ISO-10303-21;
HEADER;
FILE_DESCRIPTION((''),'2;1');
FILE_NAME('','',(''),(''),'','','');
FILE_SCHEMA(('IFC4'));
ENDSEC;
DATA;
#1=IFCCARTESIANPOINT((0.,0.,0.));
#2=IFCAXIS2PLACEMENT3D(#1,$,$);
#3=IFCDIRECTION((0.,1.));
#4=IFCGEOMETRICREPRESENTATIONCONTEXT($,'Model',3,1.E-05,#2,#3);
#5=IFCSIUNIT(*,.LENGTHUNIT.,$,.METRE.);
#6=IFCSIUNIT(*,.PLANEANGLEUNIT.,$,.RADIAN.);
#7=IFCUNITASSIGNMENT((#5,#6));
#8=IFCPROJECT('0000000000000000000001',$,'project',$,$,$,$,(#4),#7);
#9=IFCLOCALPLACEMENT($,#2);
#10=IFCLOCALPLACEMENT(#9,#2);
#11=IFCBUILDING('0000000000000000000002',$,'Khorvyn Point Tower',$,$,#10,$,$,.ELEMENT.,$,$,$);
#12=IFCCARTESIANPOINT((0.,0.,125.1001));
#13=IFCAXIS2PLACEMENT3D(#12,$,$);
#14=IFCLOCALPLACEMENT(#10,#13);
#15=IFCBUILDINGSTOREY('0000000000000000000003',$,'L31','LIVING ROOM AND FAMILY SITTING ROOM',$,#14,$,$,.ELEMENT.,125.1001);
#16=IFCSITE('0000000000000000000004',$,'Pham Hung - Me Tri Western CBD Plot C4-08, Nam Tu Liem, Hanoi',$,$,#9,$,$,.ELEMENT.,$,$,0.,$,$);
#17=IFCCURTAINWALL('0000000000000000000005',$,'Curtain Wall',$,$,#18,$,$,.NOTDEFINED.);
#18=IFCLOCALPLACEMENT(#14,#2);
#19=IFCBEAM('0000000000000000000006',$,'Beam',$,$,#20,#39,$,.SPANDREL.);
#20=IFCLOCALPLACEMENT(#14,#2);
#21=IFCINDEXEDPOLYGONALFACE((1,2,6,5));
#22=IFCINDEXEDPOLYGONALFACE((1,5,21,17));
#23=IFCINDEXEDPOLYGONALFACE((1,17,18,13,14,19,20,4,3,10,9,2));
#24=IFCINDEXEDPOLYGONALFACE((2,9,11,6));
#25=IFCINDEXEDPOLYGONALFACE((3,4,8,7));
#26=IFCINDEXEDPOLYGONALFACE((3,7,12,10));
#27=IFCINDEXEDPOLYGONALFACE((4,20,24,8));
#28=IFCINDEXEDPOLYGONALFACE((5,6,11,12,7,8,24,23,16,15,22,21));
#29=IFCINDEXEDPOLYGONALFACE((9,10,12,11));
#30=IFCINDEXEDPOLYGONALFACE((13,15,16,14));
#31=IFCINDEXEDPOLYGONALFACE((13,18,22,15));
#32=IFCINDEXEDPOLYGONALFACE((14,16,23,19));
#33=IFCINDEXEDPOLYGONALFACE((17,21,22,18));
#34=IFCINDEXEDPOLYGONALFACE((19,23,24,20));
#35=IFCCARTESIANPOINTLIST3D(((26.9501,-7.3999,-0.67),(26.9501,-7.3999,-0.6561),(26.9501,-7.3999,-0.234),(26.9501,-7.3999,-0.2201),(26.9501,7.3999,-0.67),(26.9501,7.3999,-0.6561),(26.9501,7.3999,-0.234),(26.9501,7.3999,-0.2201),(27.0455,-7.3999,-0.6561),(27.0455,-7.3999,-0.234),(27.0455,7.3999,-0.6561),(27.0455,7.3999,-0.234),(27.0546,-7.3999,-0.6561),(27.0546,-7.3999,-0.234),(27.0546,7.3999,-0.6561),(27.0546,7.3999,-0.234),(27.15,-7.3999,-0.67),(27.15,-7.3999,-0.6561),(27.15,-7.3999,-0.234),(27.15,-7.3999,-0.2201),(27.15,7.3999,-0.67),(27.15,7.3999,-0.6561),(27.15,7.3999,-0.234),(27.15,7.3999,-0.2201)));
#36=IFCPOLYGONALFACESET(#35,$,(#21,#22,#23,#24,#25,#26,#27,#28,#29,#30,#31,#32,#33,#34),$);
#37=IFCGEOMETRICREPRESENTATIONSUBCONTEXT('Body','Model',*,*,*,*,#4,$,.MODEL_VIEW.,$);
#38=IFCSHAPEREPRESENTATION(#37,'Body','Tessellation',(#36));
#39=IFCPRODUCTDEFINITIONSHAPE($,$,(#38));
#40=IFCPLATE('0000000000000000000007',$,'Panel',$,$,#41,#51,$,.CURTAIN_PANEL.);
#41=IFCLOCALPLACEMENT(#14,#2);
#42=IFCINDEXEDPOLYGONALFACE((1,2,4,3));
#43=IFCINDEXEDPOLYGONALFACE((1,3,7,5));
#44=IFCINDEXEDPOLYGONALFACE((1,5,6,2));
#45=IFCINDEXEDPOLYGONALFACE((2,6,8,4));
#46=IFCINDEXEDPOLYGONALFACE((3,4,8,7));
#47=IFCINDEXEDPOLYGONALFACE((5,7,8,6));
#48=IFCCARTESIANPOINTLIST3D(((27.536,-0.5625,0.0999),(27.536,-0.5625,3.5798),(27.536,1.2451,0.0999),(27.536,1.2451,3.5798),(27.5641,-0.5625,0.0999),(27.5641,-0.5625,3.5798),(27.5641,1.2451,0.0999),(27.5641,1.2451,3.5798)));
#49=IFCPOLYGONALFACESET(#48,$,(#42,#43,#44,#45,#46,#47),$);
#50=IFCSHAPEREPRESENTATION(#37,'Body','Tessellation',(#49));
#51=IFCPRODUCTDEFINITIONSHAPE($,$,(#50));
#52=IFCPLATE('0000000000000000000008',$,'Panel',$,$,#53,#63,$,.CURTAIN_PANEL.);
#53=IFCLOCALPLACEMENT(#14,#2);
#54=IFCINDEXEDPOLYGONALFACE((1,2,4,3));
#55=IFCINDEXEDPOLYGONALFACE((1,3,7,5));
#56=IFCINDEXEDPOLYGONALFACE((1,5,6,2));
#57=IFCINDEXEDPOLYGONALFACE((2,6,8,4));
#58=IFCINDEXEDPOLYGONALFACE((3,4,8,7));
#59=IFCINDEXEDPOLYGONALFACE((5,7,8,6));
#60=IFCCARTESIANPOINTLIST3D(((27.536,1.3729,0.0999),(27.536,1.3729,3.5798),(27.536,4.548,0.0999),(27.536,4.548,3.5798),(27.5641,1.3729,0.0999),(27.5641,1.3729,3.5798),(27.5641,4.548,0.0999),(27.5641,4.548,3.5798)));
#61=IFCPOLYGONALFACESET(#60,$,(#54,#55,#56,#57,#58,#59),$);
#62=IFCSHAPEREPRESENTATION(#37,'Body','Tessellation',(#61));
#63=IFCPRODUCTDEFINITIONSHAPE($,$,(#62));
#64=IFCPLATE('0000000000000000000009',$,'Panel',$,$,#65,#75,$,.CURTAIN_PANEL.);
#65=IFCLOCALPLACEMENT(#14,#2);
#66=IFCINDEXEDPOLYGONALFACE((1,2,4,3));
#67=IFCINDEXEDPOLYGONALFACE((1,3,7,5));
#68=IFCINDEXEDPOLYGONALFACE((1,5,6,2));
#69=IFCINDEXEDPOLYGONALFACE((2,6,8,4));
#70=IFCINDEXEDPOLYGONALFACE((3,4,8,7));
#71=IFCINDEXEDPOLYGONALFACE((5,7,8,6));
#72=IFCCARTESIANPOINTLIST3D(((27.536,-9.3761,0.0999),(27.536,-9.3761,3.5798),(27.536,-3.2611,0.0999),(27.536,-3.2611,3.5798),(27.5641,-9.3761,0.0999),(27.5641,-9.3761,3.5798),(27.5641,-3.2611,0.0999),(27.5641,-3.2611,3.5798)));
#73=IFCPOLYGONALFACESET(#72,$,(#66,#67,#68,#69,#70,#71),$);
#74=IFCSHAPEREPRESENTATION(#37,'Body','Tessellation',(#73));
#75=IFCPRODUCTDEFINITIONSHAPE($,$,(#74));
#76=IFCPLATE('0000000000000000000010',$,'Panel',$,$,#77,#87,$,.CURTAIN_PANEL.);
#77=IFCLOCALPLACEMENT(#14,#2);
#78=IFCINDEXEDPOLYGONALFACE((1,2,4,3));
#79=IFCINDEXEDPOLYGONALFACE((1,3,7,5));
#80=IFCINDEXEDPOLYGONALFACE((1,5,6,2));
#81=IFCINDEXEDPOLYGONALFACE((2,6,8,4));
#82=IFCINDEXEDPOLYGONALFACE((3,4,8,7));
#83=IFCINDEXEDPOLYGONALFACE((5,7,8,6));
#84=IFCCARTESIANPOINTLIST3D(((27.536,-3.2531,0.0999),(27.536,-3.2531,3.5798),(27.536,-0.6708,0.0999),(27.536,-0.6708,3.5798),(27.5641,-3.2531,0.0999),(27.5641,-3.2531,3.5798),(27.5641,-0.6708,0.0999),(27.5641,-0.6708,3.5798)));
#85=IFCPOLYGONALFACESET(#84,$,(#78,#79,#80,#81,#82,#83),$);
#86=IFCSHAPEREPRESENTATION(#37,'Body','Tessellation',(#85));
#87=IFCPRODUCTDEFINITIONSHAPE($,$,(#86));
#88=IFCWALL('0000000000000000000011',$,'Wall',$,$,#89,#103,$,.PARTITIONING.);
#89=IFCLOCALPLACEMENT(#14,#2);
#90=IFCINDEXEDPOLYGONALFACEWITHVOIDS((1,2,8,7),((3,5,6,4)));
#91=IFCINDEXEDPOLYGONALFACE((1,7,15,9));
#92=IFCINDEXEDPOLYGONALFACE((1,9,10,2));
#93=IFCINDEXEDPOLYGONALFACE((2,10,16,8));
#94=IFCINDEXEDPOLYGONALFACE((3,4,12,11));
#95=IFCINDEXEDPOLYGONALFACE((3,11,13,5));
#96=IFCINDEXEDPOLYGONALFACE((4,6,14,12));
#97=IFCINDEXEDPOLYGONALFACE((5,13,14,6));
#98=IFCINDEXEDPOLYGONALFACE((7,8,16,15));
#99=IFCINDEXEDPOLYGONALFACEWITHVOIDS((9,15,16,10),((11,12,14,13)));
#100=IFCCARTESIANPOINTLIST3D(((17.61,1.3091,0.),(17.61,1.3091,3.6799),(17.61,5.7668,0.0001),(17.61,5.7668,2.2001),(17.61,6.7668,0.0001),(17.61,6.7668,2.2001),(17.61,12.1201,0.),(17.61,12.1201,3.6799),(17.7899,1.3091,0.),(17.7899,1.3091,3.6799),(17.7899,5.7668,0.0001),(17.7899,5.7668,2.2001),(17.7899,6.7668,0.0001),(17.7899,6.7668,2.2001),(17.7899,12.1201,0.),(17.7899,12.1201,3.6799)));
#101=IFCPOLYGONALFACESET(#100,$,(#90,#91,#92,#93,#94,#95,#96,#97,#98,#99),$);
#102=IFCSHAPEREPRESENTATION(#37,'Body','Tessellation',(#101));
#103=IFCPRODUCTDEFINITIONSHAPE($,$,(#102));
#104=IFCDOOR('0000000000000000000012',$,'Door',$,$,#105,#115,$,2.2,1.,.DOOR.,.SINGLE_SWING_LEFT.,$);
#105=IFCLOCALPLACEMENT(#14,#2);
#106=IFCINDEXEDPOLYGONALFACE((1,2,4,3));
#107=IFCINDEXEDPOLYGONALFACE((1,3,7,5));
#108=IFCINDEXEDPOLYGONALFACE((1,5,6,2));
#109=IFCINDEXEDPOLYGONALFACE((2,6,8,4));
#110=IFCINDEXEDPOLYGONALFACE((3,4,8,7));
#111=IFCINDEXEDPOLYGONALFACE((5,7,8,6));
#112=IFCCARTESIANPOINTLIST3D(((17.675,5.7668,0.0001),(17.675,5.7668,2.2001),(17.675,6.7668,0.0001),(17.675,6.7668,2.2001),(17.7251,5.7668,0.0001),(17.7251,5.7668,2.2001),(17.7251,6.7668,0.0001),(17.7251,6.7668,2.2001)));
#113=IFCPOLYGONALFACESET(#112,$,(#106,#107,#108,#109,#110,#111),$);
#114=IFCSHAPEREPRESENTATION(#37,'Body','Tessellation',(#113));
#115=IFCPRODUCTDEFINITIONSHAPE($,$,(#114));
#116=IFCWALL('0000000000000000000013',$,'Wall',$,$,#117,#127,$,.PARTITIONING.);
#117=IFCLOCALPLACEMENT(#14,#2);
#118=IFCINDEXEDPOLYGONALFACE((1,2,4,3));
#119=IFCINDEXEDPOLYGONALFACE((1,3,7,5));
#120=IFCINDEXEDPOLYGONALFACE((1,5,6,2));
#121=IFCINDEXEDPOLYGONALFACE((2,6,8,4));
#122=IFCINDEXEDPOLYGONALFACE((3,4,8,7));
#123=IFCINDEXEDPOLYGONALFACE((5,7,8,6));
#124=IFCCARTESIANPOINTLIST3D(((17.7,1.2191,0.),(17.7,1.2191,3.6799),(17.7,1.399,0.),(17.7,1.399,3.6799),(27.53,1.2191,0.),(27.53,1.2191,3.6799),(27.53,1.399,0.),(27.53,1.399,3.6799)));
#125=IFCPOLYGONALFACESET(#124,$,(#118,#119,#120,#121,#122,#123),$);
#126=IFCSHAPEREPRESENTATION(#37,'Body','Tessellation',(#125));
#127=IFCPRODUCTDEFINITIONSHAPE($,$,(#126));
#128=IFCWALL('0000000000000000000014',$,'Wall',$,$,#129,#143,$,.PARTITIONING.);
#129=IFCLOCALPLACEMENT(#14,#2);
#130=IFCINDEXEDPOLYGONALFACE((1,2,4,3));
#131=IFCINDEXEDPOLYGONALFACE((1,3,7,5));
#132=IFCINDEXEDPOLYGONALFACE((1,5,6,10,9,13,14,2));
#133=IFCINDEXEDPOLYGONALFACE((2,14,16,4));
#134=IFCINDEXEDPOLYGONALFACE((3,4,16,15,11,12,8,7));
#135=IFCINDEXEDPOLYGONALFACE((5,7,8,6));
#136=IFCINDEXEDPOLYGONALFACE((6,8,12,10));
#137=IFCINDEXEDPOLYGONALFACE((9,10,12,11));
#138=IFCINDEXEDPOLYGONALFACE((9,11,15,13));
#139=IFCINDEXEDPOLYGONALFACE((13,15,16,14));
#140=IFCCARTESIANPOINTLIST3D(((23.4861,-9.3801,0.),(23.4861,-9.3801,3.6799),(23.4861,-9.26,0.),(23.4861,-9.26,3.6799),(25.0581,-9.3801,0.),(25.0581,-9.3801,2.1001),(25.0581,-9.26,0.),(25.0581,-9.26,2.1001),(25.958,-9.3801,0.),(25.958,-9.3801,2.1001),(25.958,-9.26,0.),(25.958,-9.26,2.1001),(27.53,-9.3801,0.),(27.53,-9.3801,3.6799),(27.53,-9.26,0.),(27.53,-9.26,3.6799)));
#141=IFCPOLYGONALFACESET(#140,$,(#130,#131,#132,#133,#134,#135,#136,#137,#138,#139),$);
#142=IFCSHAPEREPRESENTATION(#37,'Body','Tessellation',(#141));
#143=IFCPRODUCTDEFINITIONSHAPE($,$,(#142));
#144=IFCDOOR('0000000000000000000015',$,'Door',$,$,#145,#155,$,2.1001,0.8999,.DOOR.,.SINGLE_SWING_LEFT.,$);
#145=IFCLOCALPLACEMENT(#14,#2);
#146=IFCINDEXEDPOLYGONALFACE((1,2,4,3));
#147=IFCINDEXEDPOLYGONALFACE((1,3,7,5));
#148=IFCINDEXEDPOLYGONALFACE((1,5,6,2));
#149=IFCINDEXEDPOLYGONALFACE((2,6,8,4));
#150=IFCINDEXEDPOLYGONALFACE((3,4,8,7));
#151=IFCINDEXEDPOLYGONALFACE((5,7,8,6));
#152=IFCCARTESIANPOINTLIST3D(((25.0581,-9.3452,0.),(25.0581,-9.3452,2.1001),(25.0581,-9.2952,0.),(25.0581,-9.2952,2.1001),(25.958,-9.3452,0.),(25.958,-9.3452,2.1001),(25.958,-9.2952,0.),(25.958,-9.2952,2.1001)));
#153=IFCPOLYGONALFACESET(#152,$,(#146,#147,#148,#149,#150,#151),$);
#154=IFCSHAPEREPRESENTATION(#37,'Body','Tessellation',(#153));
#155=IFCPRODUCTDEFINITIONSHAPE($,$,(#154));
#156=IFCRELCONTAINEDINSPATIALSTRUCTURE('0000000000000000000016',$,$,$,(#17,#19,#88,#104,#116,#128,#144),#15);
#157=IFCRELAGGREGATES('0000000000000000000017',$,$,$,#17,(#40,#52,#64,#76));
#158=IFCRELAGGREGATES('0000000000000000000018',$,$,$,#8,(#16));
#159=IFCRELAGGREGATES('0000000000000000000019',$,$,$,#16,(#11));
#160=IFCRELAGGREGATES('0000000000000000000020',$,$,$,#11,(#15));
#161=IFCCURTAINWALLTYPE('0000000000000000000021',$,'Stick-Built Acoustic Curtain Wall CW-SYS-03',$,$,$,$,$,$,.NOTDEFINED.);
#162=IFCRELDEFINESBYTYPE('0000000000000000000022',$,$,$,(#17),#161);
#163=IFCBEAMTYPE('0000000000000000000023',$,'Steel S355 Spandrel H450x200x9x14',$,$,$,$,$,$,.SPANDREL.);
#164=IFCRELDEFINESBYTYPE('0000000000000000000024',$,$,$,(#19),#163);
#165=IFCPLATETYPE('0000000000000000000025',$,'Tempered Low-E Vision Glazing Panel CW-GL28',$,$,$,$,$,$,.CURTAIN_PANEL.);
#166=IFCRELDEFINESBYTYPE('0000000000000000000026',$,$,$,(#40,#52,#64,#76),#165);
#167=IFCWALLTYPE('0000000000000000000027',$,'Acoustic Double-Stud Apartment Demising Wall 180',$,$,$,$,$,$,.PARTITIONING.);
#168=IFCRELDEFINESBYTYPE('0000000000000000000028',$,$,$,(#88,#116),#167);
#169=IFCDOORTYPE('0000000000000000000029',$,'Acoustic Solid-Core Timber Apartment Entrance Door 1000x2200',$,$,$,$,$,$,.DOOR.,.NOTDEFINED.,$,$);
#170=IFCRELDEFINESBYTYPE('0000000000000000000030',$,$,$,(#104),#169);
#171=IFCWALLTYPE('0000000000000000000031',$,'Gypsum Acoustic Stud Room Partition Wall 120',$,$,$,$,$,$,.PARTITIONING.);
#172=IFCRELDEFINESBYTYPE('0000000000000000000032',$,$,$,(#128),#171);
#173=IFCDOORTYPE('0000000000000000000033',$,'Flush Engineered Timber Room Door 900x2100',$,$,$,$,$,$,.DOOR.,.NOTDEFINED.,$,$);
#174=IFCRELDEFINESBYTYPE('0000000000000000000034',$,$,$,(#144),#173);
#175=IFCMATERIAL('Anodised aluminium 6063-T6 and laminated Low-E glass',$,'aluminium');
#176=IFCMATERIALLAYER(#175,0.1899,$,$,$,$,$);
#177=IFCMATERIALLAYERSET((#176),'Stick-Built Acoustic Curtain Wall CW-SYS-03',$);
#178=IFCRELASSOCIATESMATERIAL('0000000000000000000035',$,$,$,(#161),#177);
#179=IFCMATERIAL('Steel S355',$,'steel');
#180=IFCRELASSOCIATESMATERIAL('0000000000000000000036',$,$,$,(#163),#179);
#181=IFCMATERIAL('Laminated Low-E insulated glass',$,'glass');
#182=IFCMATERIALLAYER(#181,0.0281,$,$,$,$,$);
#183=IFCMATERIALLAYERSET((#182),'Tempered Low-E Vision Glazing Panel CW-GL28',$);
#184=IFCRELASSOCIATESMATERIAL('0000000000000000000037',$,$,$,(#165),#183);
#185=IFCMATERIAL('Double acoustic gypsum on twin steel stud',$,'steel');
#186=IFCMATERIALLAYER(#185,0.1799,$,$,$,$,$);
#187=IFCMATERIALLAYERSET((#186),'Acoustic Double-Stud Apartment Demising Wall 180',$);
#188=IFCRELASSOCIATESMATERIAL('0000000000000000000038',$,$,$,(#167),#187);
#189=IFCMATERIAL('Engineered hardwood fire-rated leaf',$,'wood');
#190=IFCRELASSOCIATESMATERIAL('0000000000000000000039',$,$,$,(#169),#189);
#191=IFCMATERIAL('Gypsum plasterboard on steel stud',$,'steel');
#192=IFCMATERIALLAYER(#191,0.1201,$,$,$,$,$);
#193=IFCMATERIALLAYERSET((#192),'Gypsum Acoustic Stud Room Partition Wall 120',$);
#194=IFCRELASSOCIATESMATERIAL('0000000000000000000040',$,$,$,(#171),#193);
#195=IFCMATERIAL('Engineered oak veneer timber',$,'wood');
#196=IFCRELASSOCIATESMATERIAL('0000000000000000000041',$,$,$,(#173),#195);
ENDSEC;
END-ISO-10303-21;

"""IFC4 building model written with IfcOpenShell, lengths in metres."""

from ifc_helpers import new_model, si_unit, direction, frame, frame_2d, origin, origin_2d, place, context, subcontext, project, spatial, rectangle, i_section, extrude, material, layer, layer_set, material_profile, profile_set, type_object, element, fill, aggregate, save


model = new_model("IFC4")

# Units and contexts
model_context = context("Model", 3, precision=1e-05, world=origin(), true_north=direction((0.0, 1.0)))
body_context = subcontext(model_context, "Body", "Model", "MODEL_VIEW")
ifc_project = project(units=[si_unit("LENGTHUNIT", "METRE"), si_unit("PLANEANGLEUNIT", "RADIAN")], contexts=[model_context])

# Site, building, storey
site_placement = place(None, origin())
site = spatial("IfcSite", under=ifc_project, at=site_placement, Name="Pham Hung - Me Tri Western CBD Plot C4-08, Nam Tu Liem, Hanoi", CompositionType="ELEMENT", RefElevation=0.0)
building_placement = place(site_placement, origin())
building = spatial("IfcBuilding", under=site, at=building_placement, Name="Khorvyn Point Tower", CompositionType="ELEMENT")
storey_placement = place(building_placement, frame((0.0, 0.0, 125.1001)))
storey = spatial("IfcBuildingStorey", under=building, at=storey_placement, Name="L31", Description="LIVING ROOM AND FAMILY SITTING ROOM", CompositionType="ELEMENT", Elevation=125.1001)

# Curtain wall
ifc_material_1 = material(Name="Anodised aluminium 6063-T6 and laminated Low-E glass", Category="aluminium")
ifc_layer_1 = layer(ifc_material_1, 0.1899)
ifc_layer_set_1 = layer_set([ifc_layer_1], Name="Stick-Built Acoustic Curtain Wall CW-SYS-03")
curtain_wall_type = type_object("IfcCurtainWallType", Name="Stick-Built Acoustic Curtain Wall CW-SYS-03", PredefinedType="NOTDEFINED", material=ifc_layer_set_1)
curtain_wall_placement = place(storey_placement, origin())
curtain_wall = element("IfcCurtainWall", 1, at=curtain_wall_placement, inside=storey, type_object=curtain_wall_type, Name="Curtain Wall", PredefinedType="NOTDEFINED")

# Beam
ifc_material_2 = material(Name="Steel S355", Category="steel")
ifc_material_profile_1 = material_profile(ifc_material_2, i_section(OverallWidth=0.2, OverallDepth=0.45, WebThickness=0.009, FlangeThickness=0.0139, at=origin_2d()))
ifc_profile_set_1 = profile_set([ifc_material_profile_1], Name="Steel S355 H450x200x9x14")
beam_type_1 = type_object("IfcBeamType", Name="Steel S355 Spandrel H450x200x9x14", PredefinedType="SPANDREL", material=ifc_profile_set_1)
beam_1_placement = place(storey_placement, frame((27.05, -7.3999, -0.4451), z_axis=(0.0, 1.0, 0.0), x_axis=(-1.0, 0.0, 0.0)))
element("IfcBeam", 2, at=beam_1_placement, inside=storey, type_object=beam_type_1, Name="Beam", PredefinedType="SPANDREL", context=body_context, shape_type="SweptSolid", body=[
    extrude(i_section(OverallWidth=0.2, OverallDepth=0.45, WebThickness=0.009, FlangeThickness=0.0139, at=origin_2d()), origin(), (0.0, 0.0, 1.0), 14.7998),
])

# Plates
ifc_material_3 = material(Name="Laminated Low-E insulated glass", Category="glass")
ifc_layer_2 = layer(ifc_material_3, 0.0281)
ifc_layer_set_2 = layer_set([ifc_layer_2], Name="Tempered Low-E Vision Glazing Panel CW-GL28")
plate_type = type_object("IfcPlateType", Name="Tempered Low-E Vision Glazing Panel CW-GL28", PredefinedType="CURTAIN_PANEL", material=ifc_layer_set_2)
plate_1_placement = place(storey_placement, frame((27.55, 0.3413, 0.0999), z_axis=(0.0, 0.0, 1.0), x_axis=(0.0, -1.0, 0.0)))
plate_1 = element("IfcPlate", 3, at=plate_1_placement, type_object=plate_type, Name="Panel", PredefinedType="CURTAIN_PANEL", context=body_context, shape_type="SweptSolid", body=[
    extrude(rectangle(XDim=1.8076, YDim=0.0281, at=origin_2d()), origin(), (0.0, 0.0, 1.0), 3.48),
])
plate_2_placement = place(storey_placement, frame((27.55, 2.9604, 0.0999), z_axis=(0.0, 0.0, 1.0), x_axis=(0.0, -1.0, 0.0)))
plate_2 = element("IfcPlate", 4, at=plate_2_placement, type_object=plate_type, Name="Panel", PredefinedType="CURTAIN_PANEL", context=body_context, shape_type="SweptSolid", body=[
    extrude(rectangle(XDim=3.175, YDim=0.0281, at=origin_2d()), origin(), (0.0, 0.0, 1.0), 3.48),
])
plate_3_placement = place(storey_placement, frame((27.55, -6.3186, 0.0999), z_axis=(0.0, 0.0, 1.0), x_axis=(0.0, -1.0, 0.0)))
plate_3 = element("IfcPlate", 5, at=plate_3_placement, type_object=plate_type, Name="Panel", PredefinedType="CURTAIN_PANEL", context=body_context, shape_type="SweptSolid", body=[
    extrude(rectangle(XDim=6.115, YDim=0.0281, at=origin_2d()), origin(), (0.0, 0.0, 1.0), 3.48),
])
plate_4_placement = place(storey_placement, frame((27.55, -1.9619, 0.0999), z_axis=(0.0, 0.0, 1.0), x_axis=(0.0, -1.0, 0.0)))
plate_4 = element("IfcPlate", 6, at=plate_4_placement, type_object=plate_type, Name="Panel", PredefinedType="CURTAIN_PANEL", context=body_context, shape_type="SweptSolid", body=[
    extrude(rectangle(XDim=2.5823, YDim=0.0281, at=origin_2d()), origin(), (0.0, 0.0, 1.0), 3.48),
])
aggregate(curtain_wall, [plate_1, plate_2, plate_3, plate_4])

# Wall, opening, door
ifc_material_4 = material(Name="Double acoustic gypsum on twin steel stud", Category="steel")
ifc_layer_3 = layer(ifc_material_4, 0.1799)
ifc_layer_set_3 = layer_set([ifc_layer_3], Name="Acoustic Double-Stud Apartment Demising Wall 180")
wall_type_1 = type_object("IfcWallType", Name="Acoustic Double-Stud Apartment Demising Wall 180", PredefinedType="PARTITIONING", material=ifc_layer_set_3)
wall_1_placement = place(storey_placement, frame((17.7, 1.3091, 0.0), z_axis=(0.0, 0.0, 1.0), x_axis=(0.0, 1.0, 0.0)))
wall_1 = element("IfcWall", 7, at=wall_1_placement, inside=storey, type_object=wall_type_1, Name="Wall", PredefinedType="PARTITIONING", context=body_context, shape_type="SweptSolid", body=[
    extrude(rectangle(XDim=10.811, YDim=0.1799, at=frame_2d((5.4055, 0.0))), origin(), (0.0, 0.0, 1.0), 3.6799),
])
opening_1_placement = place(wall_1_placement, frame((4.4578, 0.0, 0.0)))
opening_1 = element("IfcOpeningElement", 8, at=opening_1_placement, cuts=wall_1, PredefinedType="OPENING", context=body_context, shape_type="SweptSolid", body=[
    extrude(rectangle(XDim=1.0, YDim=2.2, at=frame_2d((0.5, 1.1001))), frame((0.0, 0.0999, 0.0), z_axis=(0.0, -1.0, 0.0), x_axis=(1.0, 0.0, 0.0)), (0.0, 0.0, 1.0), 0.2),
])
ifc_material_5 = material(Name="Engineered hardwood fire-rated leaf", Category="wood")
door_type_1 = type_object("IfcDoorType", Name="Acoustic Solid-Core Timber Apartment Entrance Door 1000x2200", OperationType="NOTDEFINED", PredefinedType="DOOR", material=ifc_material_5)
door_1_placement = place(opening_1_placement, origin())
door_1 = element("IfcDoor", 9, at=door_1_placement, inside=storey, type_object=door_type_1, Name="Door", OperationType="SINGLE_SWING_LEFT", OverallHeight=2.2, OverallWidth=1.0, PredefinedType="DOOR", context=body_context, shape_type="SweptSolid", body=[
    extrude(rectangle(XDim=1.0, YDim=2.2, at=frame_2d((0.5, 1.1001))), frame((0.0, 0.0249, 0.0), z_axis=(0.0, -1.0, 0.0), x_axis=(1.0, 0.0, 0.0)), (0.0, 0.0, 1.0), 0.05),
])
fill(opening_1, door_1)

# Wall
wall_2_placement = place(storey_placement, frame((17.7, 1.3091, 0.0), z_axis=(0.0, 0.0, 1.0), x_axis=(1.0, 0.0, 0.0)))
element("IfcWall", 10, at=wall_2_placement, inside=storey, type_object=wall_type_1, Name="Wall", PredefinedType="PARTITIONING", context=body_context, shape_type="SweptSolid", body=[
    extrude(rectangle(XDim=9.8301, YDim=0.1799, at=frame_2d((4.915, 0.0))), origin(), (0.0, 0.0, 1.0), 3.6799),
])

# Wall, opening, door
ifc_material_6 = material(Name="Gypsum plasterboard on steel stud", Category="steel")
ifc_layer_4 = layer(ifc_material_6, 0.1201)
ifc_layer_set_4 = layer_set([ifc_layer_4], Name="Gypsum Acoustic Stud Room Partition Wall 120")
wall_type_2 = type_object("IfcWallType", Name="Gypsum Acoustic Stud Room Partition Wall 120", PredefinedType="PARTITIONING", material=ifc_layer_set_4)
wall_3_placement = place(storey_placement, frame((23.4861, -9.3201, 0.0), z_axis=(0.0, 0.0, 1.0), x_axis=(1.0, 0.0, 0.0)))
wall_3 = element("IfcWall", 11, at=wall_3_placement, inside=storey, type_object=wall_type_2, Name="Wall", PredefinedType="PARTITIONING", context=body_context, shape_type="SweptSolid", body=[
    extrude(rectangle(XDim=4.0439, YDim=0.1201, at=frame_2d((2.022, 0.0))), origin(), (0.0, 0.0, 1.0), 3.6799),
])
opening_2_placement = place(wall_3_placement, frame((1.572, 0.0, 0.0)))
opening_2 = element("IfcOpeningElement", 12, at=opening_2_placement, cuts=wall_3, PredefinedType="OPENING", context=body_context, shape_type="SweptSolid", body=[
    extrude(rectangle(XDim=0.8999, YDim=2.1001, at=frame_2d((0.45, 1.05))), frame((0.0, 0.0701, 0.0), z_axis=(0.0, -1.0, 0.0), x_axis=(1.0, 0.0, 0.0)), (0.0, 0.0, 1.0), 0.1401),
])
ifc_material_7 = material(Name="Engineered oak veneer timber", Category="wood")
door_type_2 = type_object("IfcDoorType", Name="Flush Engineered Timber Room Door 900x2100", OperationType="NOTDEFINED", PredefinedType="DOOR", material=ifc_material_7)
door_2_placement = place(opening_2_placement, origin())
door_2 = element("IfcDoor", 13, at=door_2_placement, inside=storey, type_object=door_type_2, Name="Door", OperationType="SINGLE_SWING_LEFT", OverallHeight=2.1001, OverallWidth=0.8999, PredefinedType="DOOR", context=body_context, shape_type="SweptSolid", body=[
    extrude(rectangle(XDim=0.8999, YDim=2.1001, at=frame_2d((0.45, 1.05))), frame((0.0, 0.0249, 0.0), z_axis=(0.0, -1.0, 0.0), x_axis=(1.0, 0.0, 0.0)), (0.0, 0.0, 1.0), 0.05),
])
fill(opening_2, door_2)

save(model, "model.ifc")
